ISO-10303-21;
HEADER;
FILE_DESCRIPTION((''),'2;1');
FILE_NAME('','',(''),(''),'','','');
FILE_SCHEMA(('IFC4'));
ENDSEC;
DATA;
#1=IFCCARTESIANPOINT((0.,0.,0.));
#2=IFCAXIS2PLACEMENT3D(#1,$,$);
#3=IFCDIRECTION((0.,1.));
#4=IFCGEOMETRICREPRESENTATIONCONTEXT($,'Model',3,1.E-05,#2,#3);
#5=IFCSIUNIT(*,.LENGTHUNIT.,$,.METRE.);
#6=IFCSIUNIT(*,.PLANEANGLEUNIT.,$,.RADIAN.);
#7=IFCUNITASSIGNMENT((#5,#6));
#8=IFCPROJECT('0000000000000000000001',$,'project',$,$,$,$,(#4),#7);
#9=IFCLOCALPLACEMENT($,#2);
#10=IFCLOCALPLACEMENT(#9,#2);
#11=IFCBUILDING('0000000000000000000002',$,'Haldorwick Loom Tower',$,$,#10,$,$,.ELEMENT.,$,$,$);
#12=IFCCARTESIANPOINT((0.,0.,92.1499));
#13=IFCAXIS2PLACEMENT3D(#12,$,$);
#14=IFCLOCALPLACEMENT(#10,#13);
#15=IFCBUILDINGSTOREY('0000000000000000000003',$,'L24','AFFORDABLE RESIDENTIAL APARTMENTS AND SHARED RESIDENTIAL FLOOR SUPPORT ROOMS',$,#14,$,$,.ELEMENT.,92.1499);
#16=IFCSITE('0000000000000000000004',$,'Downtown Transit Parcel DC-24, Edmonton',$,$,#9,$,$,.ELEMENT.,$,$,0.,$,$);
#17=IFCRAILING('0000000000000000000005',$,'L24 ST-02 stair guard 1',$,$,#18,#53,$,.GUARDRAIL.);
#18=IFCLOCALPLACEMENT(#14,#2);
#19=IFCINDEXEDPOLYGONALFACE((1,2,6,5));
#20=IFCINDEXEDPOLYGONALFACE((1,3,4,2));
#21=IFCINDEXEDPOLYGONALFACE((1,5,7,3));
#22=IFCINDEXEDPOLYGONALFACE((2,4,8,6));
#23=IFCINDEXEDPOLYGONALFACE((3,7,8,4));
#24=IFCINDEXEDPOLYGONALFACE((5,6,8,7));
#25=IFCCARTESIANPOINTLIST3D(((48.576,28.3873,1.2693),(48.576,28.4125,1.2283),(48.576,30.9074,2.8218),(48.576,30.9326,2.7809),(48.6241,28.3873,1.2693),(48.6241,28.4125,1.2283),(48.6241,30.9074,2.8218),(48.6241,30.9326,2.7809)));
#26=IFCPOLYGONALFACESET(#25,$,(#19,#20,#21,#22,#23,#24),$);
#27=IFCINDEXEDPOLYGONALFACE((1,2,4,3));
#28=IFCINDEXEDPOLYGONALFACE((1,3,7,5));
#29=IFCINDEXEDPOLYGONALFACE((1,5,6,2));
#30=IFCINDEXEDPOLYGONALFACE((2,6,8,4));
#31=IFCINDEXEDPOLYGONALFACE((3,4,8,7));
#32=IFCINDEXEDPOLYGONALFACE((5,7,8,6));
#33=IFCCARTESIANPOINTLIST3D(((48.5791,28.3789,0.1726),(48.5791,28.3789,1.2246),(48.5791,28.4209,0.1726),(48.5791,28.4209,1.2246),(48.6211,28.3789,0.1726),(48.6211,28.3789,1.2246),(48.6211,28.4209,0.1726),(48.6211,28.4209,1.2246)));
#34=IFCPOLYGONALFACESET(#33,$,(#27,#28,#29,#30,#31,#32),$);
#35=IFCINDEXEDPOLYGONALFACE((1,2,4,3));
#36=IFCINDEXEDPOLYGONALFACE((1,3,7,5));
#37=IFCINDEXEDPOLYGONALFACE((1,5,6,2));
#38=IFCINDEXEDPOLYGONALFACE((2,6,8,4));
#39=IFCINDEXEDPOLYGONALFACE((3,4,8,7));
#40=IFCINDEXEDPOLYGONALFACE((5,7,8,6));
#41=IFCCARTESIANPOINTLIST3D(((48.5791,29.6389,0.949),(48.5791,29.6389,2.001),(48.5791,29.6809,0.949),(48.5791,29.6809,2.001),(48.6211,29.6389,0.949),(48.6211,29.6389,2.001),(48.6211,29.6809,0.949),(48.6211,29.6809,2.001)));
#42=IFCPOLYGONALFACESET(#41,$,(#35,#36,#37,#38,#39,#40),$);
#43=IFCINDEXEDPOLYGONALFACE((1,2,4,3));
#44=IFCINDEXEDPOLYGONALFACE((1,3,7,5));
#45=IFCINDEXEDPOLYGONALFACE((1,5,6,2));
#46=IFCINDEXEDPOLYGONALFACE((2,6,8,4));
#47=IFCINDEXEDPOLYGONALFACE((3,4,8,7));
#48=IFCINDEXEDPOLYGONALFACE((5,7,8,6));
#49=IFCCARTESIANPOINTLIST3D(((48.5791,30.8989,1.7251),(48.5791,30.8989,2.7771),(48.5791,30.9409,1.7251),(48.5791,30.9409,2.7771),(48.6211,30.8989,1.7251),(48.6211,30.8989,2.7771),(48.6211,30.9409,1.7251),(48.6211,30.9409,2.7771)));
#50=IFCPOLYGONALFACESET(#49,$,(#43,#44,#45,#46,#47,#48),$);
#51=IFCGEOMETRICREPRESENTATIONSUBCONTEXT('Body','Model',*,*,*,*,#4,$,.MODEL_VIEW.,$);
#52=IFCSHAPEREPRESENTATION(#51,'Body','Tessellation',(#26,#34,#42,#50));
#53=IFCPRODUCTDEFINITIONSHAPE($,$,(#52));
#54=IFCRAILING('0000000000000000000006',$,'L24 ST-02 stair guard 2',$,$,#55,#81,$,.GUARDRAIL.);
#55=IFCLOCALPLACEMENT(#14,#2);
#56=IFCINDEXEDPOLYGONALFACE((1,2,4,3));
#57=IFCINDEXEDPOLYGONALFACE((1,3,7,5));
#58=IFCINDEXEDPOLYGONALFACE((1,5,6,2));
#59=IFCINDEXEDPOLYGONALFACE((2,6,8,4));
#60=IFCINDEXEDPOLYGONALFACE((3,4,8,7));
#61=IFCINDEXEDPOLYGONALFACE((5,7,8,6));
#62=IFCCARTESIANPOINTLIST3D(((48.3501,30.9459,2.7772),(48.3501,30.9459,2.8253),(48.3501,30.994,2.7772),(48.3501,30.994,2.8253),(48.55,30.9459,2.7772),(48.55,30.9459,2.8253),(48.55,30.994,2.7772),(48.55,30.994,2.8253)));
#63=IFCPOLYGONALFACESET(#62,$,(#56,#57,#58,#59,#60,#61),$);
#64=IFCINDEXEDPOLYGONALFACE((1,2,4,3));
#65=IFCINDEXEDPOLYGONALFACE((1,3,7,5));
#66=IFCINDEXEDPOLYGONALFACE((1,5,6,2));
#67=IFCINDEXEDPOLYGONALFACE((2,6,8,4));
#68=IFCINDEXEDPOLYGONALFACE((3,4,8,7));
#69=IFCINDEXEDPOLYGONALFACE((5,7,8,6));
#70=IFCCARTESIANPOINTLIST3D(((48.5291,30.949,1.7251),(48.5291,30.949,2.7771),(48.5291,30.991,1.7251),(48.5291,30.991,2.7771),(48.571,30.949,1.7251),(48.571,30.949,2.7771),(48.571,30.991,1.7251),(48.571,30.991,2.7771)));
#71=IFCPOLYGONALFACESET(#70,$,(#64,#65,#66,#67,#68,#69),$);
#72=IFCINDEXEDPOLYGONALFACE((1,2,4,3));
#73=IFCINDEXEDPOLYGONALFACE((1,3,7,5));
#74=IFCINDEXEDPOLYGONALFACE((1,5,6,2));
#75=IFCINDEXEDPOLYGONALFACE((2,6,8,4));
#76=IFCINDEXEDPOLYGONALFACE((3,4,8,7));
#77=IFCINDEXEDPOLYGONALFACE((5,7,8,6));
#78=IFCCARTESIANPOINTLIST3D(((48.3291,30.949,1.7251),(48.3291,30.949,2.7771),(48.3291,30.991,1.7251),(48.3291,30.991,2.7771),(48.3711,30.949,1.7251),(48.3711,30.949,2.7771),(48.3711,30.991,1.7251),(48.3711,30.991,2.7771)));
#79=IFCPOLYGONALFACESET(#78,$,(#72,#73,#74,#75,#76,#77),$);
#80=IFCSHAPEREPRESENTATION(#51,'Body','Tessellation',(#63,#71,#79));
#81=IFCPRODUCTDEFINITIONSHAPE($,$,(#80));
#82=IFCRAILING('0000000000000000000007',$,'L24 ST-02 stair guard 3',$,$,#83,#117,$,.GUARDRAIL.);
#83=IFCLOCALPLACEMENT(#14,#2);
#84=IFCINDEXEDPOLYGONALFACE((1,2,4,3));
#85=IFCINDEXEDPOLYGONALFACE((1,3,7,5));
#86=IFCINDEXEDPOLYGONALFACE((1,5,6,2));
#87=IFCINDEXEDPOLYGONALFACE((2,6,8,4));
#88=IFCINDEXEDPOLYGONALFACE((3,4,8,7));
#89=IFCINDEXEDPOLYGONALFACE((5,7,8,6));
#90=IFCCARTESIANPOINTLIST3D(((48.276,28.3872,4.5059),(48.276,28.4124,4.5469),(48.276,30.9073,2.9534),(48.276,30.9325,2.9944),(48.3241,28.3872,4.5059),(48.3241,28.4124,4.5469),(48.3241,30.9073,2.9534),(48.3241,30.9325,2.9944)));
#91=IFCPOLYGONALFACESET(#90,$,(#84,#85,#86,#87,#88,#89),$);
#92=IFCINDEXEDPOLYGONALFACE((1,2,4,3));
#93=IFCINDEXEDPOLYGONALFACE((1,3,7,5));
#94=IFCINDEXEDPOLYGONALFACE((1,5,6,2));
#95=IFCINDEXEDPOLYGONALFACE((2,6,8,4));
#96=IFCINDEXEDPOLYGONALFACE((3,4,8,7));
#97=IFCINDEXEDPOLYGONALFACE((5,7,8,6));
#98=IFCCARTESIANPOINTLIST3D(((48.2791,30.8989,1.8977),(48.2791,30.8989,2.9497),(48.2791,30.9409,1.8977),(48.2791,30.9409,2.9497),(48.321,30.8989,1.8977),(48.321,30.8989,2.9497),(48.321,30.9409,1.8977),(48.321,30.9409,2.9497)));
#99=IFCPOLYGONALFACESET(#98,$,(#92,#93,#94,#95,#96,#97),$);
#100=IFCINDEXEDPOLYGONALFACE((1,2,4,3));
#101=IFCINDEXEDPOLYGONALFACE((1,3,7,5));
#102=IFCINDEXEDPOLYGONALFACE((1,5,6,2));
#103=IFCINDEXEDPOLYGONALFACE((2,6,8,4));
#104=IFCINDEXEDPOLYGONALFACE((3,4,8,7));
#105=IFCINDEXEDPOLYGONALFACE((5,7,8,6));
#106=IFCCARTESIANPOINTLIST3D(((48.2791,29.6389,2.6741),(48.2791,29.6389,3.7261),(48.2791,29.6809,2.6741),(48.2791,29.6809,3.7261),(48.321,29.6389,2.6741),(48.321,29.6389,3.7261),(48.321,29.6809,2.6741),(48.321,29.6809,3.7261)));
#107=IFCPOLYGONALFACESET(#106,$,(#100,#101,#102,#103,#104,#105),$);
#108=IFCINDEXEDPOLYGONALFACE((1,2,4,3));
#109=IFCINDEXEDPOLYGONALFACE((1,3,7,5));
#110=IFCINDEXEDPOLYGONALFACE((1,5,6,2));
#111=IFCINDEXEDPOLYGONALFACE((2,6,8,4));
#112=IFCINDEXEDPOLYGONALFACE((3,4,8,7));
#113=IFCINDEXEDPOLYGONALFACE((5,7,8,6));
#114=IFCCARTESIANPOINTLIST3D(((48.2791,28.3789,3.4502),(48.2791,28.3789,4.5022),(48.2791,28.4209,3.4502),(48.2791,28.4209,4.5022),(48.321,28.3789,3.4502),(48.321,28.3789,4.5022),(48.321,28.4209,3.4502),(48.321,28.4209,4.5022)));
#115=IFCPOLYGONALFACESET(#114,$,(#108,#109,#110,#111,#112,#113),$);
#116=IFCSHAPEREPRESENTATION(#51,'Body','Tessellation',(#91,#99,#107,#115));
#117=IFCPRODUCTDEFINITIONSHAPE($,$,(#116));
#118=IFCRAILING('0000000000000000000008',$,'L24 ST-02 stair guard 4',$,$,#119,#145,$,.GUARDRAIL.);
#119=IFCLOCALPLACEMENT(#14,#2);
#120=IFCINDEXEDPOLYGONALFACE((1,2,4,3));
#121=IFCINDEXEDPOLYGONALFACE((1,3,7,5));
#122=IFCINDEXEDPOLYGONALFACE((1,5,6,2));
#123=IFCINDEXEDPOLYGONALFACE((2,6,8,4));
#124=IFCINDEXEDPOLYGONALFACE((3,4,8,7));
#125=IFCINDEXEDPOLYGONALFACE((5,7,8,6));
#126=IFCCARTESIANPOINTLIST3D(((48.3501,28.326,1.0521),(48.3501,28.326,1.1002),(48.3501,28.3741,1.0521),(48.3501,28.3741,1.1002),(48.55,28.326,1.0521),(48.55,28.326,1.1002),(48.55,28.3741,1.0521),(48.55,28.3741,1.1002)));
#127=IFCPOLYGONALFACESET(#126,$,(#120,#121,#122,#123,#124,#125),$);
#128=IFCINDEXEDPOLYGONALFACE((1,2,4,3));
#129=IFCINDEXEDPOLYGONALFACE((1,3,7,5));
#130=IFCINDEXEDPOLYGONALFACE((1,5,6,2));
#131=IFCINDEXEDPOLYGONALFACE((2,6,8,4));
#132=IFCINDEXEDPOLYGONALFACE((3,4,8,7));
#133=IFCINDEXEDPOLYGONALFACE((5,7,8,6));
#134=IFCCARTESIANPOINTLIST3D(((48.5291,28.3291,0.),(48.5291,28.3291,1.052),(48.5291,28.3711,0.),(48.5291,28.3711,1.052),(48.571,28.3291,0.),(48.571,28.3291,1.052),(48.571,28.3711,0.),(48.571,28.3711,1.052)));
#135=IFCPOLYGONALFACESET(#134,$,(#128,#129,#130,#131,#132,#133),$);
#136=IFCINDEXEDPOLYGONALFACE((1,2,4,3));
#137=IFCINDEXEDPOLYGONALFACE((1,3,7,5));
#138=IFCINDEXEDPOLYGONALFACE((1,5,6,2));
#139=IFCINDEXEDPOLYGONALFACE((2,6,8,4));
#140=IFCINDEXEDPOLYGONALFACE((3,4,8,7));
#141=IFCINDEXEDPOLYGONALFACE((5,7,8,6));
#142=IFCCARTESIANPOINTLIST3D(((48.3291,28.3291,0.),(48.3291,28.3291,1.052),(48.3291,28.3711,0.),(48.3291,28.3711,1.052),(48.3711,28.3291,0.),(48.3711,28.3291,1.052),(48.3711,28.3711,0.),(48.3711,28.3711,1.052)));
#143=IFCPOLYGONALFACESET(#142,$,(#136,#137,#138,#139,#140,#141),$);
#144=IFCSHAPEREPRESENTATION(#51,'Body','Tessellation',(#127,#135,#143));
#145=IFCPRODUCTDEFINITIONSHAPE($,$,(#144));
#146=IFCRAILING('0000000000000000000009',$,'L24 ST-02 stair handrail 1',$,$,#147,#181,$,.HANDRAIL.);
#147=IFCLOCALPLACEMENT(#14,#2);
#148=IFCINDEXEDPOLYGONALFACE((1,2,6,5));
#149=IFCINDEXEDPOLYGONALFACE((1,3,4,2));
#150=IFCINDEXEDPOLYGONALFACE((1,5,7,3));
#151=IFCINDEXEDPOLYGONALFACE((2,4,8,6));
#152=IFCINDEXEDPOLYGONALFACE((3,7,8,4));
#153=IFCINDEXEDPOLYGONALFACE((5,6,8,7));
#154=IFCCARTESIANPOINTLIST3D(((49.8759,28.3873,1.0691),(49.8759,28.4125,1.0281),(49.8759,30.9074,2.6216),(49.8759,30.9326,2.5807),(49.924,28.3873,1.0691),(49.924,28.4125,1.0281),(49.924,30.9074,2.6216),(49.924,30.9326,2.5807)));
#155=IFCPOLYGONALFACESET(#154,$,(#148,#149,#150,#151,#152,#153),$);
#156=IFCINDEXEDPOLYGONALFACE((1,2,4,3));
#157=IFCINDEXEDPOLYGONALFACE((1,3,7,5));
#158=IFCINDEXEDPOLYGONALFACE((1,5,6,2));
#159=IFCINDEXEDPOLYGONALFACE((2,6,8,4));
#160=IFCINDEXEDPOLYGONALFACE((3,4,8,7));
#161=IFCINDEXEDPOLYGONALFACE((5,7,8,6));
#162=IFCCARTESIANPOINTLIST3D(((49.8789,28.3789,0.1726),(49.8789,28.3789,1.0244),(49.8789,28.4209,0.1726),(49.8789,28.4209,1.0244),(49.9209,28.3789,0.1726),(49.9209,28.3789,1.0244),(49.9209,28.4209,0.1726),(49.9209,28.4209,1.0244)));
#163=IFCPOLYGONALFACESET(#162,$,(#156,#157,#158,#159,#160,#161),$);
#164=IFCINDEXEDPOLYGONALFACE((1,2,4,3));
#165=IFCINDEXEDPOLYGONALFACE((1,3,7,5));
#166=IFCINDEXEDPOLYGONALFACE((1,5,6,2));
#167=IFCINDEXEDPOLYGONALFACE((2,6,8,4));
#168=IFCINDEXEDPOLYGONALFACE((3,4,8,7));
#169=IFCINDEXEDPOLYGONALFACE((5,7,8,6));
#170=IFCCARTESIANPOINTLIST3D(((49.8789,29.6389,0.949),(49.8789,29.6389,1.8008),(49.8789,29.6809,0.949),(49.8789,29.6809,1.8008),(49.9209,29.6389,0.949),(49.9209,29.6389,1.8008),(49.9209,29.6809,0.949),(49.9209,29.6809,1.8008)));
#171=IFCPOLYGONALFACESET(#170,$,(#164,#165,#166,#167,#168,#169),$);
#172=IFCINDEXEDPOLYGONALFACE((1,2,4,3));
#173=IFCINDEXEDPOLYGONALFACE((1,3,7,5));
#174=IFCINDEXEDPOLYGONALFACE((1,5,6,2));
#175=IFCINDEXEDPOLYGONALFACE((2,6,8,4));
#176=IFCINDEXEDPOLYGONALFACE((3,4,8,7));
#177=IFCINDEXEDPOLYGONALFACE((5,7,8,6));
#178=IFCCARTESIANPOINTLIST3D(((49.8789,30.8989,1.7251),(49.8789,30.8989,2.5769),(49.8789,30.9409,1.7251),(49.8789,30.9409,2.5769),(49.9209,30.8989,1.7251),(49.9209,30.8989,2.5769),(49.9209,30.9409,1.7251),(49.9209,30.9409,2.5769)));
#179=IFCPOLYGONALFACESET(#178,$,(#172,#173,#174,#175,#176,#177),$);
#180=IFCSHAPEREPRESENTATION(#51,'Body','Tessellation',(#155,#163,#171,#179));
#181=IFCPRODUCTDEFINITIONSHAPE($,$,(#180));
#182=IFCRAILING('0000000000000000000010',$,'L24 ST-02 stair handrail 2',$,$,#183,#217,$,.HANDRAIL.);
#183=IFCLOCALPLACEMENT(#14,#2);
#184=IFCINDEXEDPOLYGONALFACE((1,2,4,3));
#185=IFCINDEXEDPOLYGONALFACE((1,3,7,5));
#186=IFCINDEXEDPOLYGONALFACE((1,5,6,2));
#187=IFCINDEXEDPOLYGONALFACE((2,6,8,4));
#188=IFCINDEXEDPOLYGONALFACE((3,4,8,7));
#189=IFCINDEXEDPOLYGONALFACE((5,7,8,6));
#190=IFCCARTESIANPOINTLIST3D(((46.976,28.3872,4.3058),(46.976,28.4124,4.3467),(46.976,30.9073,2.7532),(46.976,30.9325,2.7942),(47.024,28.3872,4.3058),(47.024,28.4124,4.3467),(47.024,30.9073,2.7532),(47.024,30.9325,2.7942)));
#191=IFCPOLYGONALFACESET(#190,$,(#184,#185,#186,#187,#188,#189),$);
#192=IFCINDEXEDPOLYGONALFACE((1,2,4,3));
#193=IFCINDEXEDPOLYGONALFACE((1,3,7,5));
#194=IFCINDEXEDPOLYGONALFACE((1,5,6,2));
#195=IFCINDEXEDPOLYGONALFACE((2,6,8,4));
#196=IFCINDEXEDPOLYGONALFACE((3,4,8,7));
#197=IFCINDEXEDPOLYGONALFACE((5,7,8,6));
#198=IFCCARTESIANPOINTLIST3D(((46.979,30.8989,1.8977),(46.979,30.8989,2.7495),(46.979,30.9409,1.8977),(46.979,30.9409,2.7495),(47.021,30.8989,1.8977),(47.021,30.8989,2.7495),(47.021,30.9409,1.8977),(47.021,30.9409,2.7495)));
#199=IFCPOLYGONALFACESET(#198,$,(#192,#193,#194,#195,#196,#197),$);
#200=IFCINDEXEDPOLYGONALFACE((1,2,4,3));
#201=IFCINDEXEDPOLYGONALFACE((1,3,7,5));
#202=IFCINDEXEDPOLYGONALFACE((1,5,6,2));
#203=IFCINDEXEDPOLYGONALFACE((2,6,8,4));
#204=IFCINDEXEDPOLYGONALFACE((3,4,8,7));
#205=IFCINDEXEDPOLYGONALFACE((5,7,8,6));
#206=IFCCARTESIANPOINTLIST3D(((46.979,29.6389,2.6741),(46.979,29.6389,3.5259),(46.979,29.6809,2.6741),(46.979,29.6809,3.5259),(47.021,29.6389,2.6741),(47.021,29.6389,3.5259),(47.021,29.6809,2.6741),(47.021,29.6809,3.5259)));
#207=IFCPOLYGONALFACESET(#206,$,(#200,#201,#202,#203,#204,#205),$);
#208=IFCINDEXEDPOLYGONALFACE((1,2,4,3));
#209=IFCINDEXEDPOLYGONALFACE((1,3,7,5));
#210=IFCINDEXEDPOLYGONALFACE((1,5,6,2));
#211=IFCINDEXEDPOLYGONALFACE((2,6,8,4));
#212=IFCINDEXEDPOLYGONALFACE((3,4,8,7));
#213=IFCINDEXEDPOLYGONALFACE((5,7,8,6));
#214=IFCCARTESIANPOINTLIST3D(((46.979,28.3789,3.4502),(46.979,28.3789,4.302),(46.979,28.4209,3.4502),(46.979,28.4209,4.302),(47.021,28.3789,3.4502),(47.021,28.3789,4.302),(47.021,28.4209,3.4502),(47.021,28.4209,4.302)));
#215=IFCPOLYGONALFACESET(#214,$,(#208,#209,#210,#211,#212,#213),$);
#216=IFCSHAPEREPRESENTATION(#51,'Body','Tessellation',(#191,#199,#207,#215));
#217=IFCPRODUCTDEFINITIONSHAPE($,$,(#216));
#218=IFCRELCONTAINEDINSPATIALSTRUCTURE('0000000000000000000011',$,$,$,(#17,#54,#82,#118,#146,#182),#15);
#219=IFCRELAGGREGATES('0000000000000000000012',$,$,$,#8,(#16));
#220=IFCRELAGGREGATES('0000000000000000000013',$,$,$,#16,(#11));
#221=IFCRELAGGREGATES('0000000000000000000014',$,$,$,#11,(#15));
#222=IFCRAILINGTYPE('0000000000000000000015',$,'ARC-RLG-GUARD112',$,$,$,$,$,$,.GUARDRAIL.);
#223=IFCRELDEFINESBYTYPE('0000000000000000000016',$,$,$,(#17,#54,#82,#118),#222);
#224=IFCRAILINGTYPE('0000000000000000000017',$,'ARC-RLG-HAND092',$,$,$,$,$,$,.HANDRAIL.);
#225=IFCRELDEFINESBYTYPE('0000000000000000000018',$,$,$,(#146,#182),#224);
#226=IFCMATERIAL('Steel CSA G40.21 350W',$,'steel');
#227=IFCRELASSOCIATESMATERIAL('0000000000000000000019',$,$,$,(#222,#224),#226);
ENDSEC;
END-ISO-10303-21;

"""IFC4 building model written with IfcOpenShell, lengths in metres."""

from ifc_helpers import new_model, si_unit, direction, frame, origin, origin_2d, place, context, subcontext, project, spatial, rectangle, extrude, material, type_object, element, save


model = new_model("IFC4")

# Units and contexts
model_context = context("Model", 3, precision=1e-05, world=origin(), true_north=direction((0.0, 1.0)))
body_context = subcontext(model_context, "Body", "Model", "MODEL_VIEW")
ifc_project = project(units=[si_unit("LENGTHUNIT", "METRE"), si_unit("PLANEANGLEUNIT", "RADIAN")], contexts=[model_context])

# Site, building, storey
site_placement = place(None, origin())
site = spatial("IfcSite", under=ifc_project, at=site_placement, Name="Downtown Transit Parcel DC-24, Edmonton", CompositionType="ELEMENT", RefElevation=0.0)
building_placement = place(site_placement, origin())
building = spatial("IfcBuilding", under=site, at=building_placement, Name="Haldorwick Loom Tower", CompositionType="ELEMENT")
storey_placement = place(building_placement, frame((0.0, 0.0, 92.1499)))
storey = spatial("IfcBuildingStorey", under=building, at=storey_placement, Name="L24", Description="AFFORDABLE RESIDENTIAL APARTMENTS AND SHARED RESIDENTIAL FLOOR SUPPORT ROOMS", CompositionType="ELEMENT", Elevation=92.1499)

# Shared definitions
ifc_material_1 = material(Name="Steel CSA G40.21 350W", Category="steel")

# Railings
railing_type_1 = type_object("IfcRailingType", Name="ARC-RLG-GUARD112", PredefinedType="GUARDRAIL", material=ifc_material_1)
railing_1_placement = place(storey_placement, frame((48.6001, 28.3999, 0.1726)))
element("IfcRailing", 1, at=railing_1_placement, inside=storey, type_object=railing_type_1, Name="L24 ST-02 stair guard 1", PredefinedType="GUARDRAIL", context=body_context, shape_type="SweptSolid", body=[
    extrude(rectangle(XDim=0.0481, YDim=0.0481, at=origin_2d()), frame((0.0, 0.0, 1.0762), z_axis=(0.0, 0.8514, 0.524516), x_axis=(-1.0, 0.0, 0.0)), (0.0, 0.0, 1.0), 2.96),
    extrude(rectangle(XDim=0.042, YDim=0.042, at=origin_2d()), origin(), (0.0, 0.0, 1.0), 1.052),
    extrude(rectangle(XDim=0.042, YDim=0.042, at=origin_2d()), frame((0.0, 1.26, 0.7764)), (0.0, 0.0, 1.0), 1.052),
    extrude(rectangle(XDim=0.042, YDim=0.042, at=origin_2d()), frame((0.0, 2.52, 1.5525)), (0.0, 0.0, 1.0), 1.052),
])
railing_2_placement = place(storey_placement, frame((48.55, 30.97, 1.7251)))
element("IfcRailing", 2, at=railing_2_placement, inside=storey, type_object=railing_type_1, Name="L24 ST-02 stair guard 2", PredefinedType="GUARDRAIL", context=body_context, shape_type="SweptSolid", body=[
    extrude(rectangle(XDim=0.0481, YDim=0.0481, at=origin_2d()), frame((0.0, 0.0, 1.0762), z_axis=(-1.0, 0.0, 0.0), x_axis=(0.0, -1.0, 0.0)), (0.0, 0.0, 1.0), 0.2),
    extrude(rectangle(XDim=0.042, YDim=0.042, at=origin_2d()), origin(), (0.0, 0.0, 1.0), 1.052),
    extrude(rectangle(XDim=0.042, YDim=0.042, at=origin_2d()), frame((-0.2, 0.0, 0.0)), (0.0, 0.0, 1.0), 1.052),
])
railing_3_placement = place(storey_placement, frame((48.3, 30.9199, 1.8977)))
element("IfcRailing", 3, at=railing_3_placement, inside=storey, type_object=railing_type_1, Name="L24 ST-02 stair guard 3", PredefinedType="GUARDRAIL", context=body_context, shape_type="SweptSolid", body=[
    extrude(rectangle(XDim=0.0481, YDim=0.0481, at=origin_2d()), frame((0.0, 0.0, 1.0762), z_axis=(0.0, -0.8514, 0.524516), x_axis=(1.0, 0.0, 0.0)), (0.0, 0.0, 1.0), 2.96),
    extrude(rectangle(XDim=0.042, YDim=0.042, at=origin_2d()), origin(), (0.0, 0.0, 1.0), 1.052),
    extrude(rectangle(XDim=0.042, YDim=0.042, at=origin_2d()), frame((0.0, -1.26, 0.7764)), (0.0, 0.0, 1.0), 1.052),
    extrude(rectangle(XDim=0.042, YDim=0.042, at=origin_2d()), frame((0.0, -2.52, 1.5525)), (0.0, 0.0, 1.0), 1.052),
])
railing_4_placement = place(storey_placement, frame((48.55, 28.3501, 0.0)))
element("IfcRailing", 4, at=railing_4_placement, inside=storey, type_object=railing_type_1, Name="L24 ST-02 stair guard 4", PredefinedType="GUARDRAIL", context=body_context, shape_type="SweptSolid", body=[
    extrude(rectangle(XDim=0.0481, YDim=0.0481, at=origin_2d()), frame((0.0, 0.0, 1.0762), z_axis=(-1.0, 0.0, 0.0), x_axis=(0.0, -1.0, 0.0)), (0.0, 0.0, 1.0), 0.2),
    extrude(rectangle(XDim=0.042, YDim=0.042, at=origin_2d()), origin(), (0.0, 0.0, 1.0), 1.052),
    extrude(rectangle(XDim=0.042, YDim=0.042, at=origin_2d()), frame((-0.2, 0.0, 0.0)), (0.0, 0.0, 1.0), 1.052),
])
railing_type_2 = type_object("IfcRailingType", Name="ARC-RLG-HAND092", PredefinedType="HANDRAIL", material=ifc_material_1)
railing_5_placement = place(storey_placement, frame((49.8999, 28.3999, 0.1726)))
element("IfcRailing", 5, at=railing_5_placement, inside=storey, type_object=railing_type_2, Name="L24 ST-02 stair handrail 1", PredefinedType="HANDRAIL", context=body_context, shape_type="SweptSolid", body=[
    extrude(rectangle(XDim=0.0481, YDim=0.0481, at=origin_2d()), frame((0.0, 0.0, 0.876), z_axis=(0.0, 0.8514, 0.524516), x_axis=(-1.0, 0.0, 0.0)), (0.0, 0.0, 1.0), 2.96),
    extrude(rectangle(XDim=0.042, YDim=0.042, at=origin_2d()), origin(), (0.0, 0.0, 1.0), 0.8518),
    extrude(rectangle(XDim=0.042, YDim=0.042, at=origin_2d()), frame((0.0, 1.26, 0.7764)), (0.0, 0.0, 1.0), 0.8518),
    extrude(rectangle(XDim=0.042, YDim=0.042, at=origin_2d()), frame((0.0, 2.52, 1.5525)), (0.0, 0.0, 1.0), 0.8518),
])
railing_6_placement = place(storey_placement, frame((47.0, 30.9199, 1.8977)))
element("IfcRailing", 6, at=railing_6_placement, inside=storey, type_object=railing_type_2, Name="L24 ST-02 stair handrail 2", PredefinedType="HANDRAIL", context=body_context, shape_type="SweptSolid", body=[
    extrude(rectangle(XDim=0.0481, YDim=0.0481, at=origin_2d()), frame((0.0, 0.0, 0.876), z_axis=(0.0, -0.8514, 0.524516), x_axis=(1.0, 0.0, 0.0)), (0.0, 0.0, 1.0), 2.96),
    extrude(rectangle(XDim=0.042, YDim=0.042, at=origin_2d()), origin(), (0.0, 0.0, 1.0), 0.8518),
    extrude(rectangle(XDim=0.042, YDim=0.042, at=origin_2d()), frame((0.0, -1.26, 0.7764)), (0.0, 0.0, 1.0), 0.8518),
    extrude(rectangle(XDim=0.042, YDim=0.042, at=origin_2d()), frame((0.0, -2.52, 1.5525)), (0.0, 0.0, 1.0), 0.8518),
])

save(model, "model.ifc")
